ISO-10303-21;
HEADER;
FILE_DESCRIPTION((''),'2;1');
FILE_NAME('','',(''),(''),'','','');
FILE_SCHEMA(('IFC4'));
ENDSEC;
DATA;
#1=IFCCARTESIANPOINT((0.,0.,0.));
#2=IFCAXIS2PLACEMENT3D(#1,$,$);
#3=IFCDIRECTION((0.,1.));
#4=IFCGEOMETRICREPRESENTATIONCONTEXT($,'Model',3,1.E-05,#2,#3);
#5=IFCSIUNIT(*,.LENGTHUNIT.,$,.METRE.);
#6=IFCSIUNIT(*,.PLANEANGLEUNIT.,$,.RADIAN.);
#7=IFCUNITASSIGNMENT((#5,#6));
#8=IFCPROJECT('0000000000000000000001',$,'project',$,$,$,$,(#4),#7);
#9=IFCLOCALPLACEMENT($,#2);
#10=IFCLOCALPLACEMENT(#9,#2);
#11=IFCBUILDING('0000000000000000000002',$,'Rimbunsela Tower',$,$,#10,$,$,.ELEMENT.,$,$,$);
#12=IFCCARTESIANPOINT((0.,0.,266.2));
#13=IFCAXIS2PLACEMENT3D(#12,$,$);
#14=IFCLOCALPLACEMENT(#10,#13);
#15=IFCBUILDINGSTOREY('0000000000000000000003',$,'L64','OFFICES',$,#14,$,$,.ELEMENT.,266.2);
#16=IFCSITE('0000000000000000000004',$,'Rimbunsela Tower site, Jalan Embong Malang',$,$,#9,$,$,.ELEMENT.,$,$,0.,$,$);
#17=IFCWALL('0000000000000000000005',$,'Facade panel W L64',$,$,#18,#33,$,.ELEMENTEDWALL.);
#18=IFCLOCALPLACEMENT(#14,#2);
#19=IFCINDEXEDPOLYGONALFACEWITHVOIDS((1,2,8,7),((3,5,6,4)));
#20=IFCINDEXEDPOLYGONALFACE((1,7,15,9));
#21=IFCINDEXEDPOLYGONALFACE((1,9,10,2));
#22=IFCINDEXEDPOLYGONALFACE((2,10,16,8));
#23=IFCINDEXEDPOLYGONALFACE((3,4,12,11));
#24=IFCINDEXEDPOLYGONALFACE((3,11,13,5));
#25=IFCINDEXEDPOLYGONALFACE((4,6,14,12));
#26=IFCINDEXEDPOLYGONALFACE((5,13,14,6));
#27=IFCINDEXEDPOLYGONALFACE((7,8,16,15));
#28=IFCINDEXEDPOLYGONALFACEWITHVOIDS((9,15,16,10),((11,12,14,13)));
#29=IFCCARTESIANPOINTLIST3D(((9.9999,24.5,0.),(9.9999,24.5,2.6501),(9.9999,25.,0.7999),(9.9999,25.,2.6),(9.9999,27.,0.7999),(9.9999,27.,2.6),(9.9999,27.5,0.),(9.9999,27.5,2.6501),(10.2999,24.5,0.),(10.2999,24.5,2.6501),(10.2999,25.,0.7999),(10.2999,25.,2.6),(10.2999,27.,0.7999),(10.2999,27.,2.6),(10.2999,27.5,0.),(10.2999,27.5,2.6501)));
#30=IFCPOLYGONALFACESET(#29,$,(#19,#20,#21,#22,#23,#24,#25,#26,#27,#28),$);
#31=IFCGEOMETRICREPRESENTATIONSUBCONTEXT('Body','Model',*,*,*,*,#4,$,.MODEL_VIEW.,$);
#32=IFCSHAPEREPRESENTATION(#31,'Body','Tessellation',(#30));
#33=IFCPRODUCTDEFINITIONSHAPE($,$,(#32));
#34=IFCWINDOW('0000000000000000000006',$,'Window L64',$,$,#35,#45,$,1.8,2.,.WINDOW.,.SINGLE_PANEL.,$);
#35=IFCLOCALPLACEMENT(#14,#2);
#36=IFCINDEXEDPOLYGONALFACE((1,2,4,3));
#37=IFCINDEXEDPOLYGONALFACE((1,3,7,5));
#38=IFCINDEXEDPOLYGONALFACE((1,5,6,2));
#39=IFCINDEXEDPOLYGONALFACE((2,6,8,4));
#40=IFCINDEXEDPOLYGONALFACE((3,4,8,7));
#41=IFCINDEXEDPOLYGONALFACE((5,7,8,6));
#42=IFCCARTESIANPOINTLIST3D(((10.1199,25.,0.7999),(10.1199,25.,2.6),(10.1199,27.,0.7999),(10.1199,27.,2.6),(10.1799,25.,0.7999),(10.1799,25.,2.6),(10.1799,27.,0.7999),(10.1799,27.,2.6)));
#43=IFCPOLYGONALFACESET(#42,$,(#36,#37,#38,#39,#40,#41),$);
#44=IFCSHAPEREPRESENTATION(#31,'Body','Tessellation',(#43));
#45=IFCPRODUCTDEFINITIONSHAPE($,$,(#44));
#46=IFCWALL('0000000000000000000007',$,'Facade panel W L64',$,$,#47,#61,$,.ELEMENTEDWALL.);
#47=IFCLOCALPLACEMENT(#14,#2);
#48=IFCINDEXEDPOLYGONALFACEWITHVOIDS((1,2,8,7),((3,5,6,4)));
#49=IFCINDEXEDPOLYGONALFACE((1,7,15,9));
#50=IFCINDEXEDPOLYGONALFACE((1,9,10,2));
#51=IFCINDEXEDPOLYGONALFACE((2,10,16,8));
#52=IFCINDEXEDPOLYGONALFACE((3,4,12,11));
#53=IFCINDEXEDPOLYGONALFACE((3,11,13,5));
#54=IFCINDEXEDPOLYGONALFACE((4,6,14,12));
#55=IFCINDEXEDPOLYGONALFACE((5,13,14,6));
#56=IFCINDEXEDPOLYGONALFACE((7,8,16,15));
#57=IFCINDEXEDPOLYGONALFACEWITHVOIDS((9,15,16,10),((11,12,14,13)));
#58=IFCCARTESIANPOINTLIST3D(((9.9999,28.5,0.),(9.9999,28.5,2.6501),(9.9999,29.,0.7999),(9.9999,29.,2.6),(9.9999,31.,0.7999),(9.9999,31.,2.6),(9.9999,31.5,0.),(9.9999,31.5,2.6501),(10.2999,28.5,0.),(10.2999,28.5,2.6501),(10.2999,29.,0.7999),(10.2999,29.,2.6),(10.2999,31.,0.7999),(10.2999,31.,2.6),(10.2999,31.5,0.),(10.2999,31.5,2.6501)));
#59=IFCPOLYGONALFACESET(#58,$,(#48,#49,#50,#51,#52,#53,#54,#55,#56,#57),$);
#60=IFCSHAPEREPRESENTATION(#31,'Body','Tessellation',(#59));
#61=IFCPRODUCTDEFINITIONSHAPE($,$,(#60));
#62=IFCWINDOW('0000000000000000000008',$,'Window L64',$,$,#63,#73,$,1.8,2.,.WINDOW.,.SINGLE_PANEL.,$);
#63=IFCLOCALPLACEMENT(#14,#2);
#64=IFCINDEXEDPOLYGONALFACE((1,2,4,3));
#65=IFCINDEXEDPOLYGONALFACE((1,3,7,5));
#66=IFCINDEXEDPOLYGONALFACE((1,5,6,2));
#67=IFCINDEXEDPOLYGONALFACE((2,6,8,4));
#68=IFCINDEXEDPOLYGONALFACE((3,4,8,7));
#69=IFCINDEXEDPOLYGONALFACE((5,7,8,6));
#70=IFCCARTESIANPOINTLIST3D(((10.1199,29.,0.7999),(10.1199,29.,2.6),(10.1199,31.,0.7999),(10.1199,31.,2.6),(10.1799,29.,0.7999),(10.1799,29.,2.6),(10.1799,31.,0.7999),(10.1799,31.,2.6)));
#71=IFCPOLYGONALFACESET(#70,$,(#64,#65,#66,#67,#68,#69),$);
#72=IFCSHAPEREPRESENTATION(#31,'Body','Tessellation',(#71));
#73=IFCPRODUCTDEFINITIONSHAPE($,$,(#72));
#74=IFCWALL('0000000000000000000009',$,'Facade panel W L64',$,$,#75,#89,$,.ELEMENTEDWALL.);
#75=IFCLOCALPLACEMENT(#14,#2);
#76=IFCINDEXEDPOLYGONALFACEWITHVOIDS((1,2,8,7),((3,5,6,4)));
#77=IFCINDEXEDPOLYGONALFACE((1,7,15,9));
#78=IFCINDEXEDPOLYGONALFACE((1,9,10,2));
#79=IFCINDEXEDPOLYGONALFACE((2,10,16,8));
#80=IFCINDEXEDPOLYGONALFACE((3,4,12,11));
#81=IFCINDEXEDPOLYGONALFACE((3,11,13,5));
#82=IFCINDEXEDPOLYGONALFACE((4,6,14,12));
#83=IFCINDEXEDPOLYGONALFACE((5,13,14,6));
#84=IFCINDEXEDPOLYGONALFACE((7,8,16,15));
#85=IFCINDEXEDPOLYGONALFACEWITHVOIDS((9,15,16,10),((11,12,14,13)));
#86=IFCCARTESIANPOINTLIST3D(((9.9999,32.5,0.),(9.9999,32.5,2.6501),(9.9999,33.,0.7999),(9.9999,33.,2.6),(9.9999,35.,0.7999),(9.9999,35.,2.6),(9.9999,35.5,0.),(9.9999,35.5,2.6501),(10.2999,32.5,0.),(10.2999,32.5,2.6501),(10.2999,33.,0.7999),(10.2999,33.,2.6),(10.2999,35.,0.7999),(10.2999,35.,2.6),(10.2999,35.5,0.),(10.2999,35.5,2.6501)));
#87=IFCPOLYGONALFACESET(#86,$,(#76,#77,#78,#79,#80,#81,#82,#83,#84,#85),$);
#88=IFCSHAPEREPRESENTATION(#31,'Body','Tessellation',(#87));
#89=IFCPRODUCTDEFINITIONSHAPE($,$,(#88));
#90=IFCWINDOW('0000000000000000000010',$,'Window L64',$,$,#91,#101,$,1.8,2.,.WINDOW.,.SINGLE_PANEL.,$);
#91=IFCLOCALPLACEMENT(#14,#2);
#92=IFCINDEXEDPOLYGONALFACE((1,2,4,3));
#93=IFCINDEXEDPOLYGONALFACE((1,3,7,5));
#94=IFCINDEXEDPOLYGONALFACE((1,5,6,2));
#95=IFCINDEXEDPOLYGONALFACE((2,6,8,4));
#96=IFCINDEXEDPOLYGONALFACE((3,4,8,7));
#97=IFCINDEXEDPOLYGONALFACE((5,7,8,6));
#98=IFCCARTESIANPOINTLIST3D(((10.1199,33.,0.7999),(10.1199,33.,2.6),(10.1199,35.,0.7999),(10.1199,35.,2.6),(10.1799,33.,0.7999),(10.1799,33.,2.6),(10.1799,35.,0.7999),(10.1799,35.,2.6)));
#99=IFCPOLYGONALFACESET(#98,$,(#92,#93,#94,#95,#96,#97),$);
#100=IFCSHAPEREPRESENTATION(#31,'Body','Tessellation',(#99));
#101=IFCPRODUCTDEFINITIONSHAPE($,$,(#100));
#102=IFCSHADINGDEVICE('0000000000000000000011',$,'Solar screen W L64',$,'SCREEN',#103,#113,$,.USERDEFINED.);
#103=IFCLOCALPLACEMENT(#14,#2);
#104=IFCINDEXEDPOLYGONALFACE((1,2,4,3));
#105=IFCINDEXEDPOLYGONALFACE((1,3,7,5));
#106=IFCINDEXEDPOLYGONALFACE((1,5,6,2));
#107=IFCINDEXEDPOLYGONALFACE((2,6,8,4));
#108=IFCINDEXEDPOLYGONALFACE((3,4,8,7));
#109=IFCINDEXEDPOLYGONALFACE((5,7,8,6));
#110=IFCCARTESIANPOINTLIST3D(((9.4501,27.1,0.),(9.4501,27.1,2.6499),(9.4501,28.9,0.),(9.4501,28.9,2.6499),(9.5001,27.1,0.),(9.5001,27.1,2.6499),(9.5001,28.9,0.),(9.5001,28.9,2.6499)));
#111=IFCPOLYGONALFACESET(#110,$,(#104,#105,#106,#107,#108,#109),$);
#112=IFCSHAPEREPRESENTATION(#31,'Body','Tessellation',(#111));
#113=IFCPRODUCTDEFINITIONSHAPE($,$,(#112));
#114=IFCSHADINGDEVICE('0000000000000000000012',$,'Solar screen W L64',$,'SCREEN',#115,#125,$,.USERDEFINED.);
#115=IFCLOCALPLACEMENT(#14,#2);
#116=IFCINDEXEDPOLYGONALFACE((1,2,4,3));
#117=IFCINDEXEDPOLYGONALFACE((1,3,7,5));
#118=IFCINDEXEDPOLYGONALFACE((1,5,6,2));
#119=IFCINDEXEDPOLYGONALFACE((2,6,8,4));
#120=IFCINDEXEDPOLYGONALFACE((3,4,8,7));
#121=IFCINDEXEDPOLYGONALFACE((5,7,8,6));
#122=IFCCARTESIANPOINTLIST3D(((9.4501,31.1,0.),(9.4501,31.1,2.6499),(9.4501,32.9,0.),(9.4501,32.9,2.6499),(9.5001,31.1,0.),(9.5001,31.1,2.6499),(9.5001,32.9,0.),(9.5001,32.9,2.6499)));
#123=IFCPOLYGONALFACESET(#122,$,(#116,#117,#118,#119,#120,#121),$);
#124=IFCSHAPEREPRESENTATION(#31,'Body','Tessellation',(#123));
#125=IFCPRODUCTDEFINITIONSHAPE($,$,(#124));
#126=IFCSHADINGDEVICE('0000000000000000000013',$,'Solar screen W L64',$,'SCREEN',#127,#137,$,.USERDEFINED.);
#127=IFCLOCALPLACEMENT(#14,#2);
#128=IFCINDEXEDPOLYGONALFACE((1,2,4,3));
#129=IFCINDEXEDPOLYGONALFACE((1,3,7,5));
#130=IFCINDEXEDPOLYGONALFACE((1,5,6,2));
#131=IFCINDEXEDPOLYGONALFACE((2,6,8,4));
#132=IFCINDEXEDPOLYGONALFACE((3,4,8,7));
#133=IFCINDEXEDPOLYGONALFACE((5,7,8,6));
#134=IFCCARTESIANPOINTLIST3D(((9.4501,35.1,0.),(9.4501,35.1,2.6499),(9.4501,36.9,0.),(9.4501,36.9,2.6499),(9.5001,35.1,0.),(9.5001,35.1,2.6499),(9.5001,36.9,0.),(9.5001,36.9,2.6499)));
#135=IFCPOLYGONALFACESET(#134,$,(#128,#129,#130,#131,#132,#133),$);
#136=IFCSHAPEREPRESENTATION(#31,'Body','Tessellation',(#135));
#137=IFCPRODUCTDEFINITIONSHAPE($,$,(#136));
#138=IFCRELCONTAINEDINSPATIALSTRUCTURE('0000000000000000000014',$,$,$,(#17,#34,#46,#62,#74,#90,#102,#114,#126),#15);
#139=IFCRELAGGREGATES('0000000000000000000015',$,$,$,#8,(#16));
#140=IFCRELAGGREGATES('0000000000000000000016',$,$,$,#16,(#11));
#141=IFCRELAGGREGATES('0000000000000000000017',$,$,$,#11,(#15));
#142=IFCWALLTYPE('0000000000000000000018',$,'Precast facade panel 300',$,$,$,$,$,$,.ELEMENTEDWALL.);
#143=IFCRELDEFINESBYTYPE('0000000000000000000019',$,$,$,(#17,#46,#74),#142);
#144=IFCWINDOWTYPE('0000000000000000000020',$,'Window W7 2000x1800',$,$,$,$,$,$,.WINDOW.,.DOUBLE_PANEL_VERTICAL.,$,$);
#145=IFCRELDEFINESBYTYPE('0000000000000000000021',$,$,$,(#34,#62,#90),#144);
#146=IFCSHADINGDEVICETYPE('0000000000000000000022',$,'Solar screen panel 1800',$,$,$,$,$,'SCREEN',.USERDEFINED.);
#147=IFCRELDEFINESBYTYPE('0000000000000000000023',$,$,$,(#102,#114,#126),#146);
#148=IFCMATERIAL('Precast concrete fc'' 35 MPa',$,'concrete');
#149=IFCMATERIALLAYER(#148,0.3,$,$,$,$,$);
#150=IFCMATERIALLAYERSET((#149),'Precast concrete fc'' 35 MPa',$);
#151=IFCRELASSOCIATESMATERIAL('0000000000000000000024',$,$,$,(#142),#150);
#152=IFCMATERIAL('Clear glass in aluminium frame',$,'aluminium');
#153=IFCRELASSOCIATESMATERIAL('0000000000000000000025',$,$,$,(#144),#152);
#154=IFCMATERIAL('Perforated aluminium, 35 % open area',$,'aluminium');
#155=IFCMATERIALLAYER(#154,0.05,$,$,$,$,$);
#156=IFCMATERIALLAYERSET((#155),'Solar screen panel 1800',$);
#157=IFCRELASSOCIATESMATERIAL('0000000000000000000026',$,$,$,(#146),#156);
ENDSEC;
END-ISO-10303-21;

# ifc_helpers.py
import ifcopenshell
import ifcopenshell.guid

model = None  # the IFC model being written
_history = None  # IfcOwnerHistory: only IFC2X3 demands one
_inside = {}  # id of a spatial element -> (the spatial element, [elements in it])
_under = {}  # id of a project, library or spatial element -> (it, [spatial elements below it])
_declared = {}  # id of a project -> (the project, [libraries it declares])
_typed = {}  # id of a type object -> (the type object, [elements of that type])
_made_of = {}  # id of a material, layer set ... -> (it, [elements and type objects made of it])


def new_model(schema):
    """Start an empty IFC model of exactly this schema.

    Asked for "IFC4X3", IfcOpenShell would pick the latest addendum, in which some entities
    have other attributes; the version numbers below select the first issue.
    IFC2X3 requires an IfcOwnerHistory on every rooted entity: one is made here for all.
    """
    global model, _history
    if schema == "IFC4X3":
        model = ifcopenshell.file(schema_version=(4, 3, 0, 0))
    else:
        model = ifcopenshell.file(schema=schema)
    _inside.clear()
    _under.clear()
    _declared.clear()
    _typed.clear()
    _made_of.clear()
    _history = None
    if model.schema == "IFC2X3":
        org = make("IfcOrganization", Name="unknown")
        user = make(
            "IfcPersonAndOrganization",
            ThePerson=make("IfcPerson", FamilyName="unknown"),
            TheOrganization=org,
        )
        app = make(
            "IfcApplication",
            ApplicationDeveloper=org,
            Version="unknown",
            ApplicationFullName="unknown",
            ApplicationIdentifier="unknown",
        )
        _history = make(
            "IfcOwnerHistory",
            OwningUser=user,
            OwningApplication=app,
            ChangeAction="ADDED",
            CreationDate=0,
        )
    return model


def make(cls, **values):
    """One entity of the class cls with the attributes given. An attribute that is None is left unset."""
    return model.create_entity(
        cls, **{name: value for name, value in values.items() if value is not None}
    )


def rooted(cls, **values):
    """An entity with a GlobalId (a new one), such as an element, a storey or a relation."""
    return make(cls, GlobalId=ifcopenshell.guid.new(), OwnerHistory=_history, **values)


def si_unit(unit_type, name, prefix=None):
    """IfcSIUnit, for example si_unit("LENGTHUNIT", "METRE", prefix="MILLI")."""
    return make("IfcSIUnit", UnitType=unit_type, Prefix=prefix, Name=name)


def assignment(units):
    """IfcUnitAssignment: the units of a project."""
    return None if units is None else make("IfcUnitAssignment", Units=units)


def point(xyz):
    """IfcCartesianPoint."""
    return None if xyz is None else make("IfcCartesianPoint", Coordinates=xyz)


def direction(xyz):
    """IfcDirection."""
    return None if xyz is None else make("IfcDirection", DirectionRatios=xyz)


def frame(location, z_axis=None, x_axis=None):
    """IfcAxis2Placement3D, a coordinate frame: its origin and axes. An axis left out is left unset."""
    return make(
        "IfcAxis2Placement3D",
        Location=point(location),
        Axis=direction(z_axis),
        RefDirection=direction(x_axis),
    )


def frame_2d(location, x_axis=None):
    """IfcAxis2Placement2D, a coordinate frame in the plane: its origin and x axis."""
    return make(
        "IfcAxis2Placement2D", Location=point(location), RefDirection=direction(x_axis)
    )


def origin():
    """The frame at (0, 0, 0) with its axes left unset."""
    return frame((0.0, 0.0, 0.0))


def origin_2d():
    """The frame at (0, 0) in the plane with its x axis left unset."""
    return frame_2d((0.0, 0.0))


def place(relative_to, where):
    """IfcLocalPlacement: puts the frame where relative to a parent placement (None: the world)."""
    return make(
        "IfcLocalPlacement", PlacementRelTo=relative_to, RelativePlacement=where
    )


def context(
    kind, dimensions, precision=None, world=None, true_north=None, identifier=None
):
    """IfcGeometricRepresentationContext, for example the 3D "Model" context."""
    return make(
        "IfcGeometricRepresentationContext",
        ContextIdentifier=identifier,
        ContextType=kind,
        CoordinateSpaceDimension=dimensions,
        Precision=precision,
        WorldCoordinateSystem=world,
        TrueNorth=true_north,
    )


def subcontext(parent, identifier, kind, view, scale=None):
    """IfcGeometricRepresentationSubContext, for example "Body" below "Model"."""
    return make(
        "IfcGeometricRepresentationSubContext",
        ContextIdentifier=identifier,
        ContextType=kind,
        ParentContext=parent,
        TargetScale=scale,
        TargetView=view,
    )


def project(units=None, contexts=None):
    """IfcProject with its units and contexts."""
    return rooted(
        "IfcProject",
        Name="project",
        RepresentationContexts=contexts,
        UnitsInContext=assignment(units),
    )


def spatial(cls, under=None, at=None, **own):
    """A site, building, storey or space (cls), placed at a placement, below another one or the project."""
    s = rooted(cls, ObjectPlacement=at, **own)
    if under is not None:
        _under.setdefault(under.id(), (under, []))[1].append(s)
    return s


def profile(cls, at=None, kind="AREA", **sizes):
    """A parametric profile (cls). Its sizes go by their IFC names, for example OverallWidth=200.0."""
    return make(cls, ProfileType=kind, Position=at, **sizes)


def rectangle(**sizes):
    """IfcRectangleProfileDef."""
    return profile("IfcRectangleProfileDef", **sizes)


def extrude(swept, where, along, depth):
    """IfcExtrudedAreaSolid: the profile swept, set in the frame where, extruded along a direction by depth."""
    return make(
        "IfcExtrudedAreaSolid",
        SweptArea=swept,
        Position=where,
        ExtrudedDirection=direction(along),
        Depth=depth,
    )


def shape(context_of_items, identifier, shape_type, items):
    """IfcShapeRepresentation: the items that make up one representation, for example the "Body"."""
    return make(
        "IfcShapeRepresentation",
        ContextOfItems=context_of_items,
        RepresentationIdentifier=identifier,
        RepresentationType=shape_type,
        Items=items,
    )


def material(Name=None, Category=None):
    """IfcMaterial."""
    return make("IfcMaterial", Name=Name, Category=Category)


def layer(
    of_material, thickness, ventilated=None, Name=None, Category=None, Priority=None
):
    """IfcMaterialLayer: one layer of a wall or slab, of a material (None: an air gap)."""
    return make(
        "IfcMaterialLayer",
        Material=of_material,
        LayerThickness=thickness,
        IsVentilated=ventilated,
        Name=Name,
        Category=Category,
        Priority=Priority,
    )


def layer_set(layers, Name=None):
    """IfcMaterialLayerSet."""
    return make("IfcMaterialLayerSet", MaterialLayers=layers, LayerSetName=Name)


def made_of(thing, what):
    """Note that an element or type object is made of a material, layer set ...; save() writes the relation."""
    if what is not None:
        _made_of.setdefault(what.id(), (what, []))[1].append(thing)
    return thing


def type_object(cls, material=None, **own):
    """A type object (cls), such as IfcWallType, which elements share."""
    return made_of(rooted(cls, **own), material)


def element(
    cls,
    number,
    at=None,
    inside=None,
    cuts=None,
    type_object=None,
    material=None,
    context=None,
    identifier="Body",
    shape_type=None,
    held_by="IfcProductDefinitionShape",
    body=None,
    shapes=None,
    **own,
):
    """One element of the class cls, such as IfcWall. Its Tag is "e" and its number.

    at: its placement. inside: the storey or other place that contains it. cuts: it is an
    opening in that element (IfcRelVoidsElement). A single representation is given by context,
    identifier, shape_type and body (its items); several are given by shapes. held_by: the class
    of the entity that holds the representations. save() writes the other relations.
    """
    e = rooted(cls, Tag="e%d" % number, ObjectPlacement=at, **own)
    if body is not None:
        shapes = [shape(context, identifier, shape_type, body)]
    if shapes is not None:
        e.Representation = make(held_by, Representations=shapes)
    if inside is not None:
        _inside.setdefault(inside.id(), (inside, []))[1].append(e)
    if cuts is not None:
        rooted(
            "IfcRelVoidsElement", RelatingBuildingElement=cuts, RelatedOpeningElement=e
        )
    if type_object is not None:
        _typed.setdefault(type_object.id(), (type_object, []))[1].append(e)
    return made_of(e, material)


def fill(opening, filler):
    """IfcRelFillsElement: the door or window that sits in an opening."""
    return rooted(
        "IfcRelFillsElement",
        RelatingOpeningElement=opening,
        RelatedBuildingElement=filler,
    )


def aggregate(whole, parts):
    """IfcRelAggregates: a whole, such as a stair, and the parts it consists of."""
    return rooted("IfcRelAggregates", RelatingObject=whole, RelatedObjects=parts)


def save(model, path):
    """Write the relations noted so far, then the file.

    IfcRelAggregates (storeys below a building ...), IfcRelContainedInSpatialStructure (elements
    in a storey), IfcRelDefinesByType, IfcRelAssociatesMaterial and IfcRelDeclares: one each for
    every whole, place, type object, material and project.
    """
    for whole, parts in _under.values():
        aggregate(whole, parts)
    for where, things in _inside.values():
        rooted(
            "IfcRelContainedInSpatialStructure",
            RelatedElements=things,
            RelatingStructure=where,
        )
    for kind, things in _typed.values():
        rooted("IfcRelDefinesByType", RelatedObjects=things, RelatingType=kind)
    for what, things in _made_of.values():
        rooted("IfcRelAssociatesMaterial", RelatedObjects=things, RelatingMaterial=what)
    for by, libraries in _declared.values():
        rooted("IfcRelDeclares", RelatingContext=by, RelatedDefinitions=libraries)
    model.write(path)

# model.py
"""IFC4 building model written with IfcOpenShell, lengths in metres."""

from ifc_helpers import new_model, si_unit, direction, frame, frame_2d, origin, origin_2d, place, context, subcontext, project, spatial, rectangle, extrude, material, layer, layer_set, type_object, element, fill, save


model = new_model("IFC4")

# Units and contexts
model_context = context("Model", 3, precision=1e-05, world=origin(), true_north=direction((0.0, 1.0)))
body_context = subcontext(model_context, "Body", "Model", "MODEL_VIEW")
ifc_project = project(units=[si_unit("LENGTHUNIT", "METRE"), si_unit("PLANEANGLEUNIT", "RADIAN")], contexts=[model_context])

# Site, building, storey
site_placement = place(None, origin())
site = spatial("IfcSite", under=ifc_project, at=site_placement, Name="Rimbunsela Tower site, Jalan Embong Malang", CompositionType="ELEMENT", RefElevation=0.0)
building_placement = place(site_placement, origin())
building = spatial("IfcBuilding", under=site, at=building_placement, Name="Rimbunsela Tower", CompositionType="ELEMENT")
storey_placement = place(building_placement, frame((0.0, 0.0, 266.2)))
storey = spatial("IfcBuildingStorey", under=building, at=storey_placement, Name="L64", Description="OFFICES", CompositionType="ELEMENT", Elevation=266.2)

# Walls, openings, windows
ifc_material_1 = material(Name="Precast concrete fc' 35 MPa", Category="concrete")
ifc_layer_1 = layer(ifc_material_1, 0.3)
ifc_layer_set_1 = layer_set([ifc_layer_1], Name="Precast concrete fc' 35 MPa")
wall_type_1 = type_object("IfcWallType", Name="Precast facade panel 300", PredefinedType="ELEMENTEDWALL", material=ifc_layer_set_1)
wall_1_placement = place(storey_placement, frame((10.1499, 27.5, 0.0), z_axis=(0.0, 0.0, 1.0), x_axis=(0.0, -1.0, 0.0)))
wall_1 = element("IfcWall", 1, at=wall_1_placement, inside=storey, type_object=wall_type_1, Name="Facade panel W L64", PredefinedType="ELEMENTEDWALL", context=body_context, shape_type="SweptSolid", body=[
    extrude(rectangle(XDim=3.0, YDim=0.3, at=frame_2d((1.5, 0.0))), origin(), (0.0, 0.0, 1.0), 2.6501),
])
opening_1_placement = place(wall_1_placement, frame((0.5, 0.0, 0.8)))
opening_1 = element("IfcOpeningElement", 2, at=opening_1_placement, cuts=wall_1, PredefinedType="OPENING", context=body_context, shape_type="SweptSolid", body=[
    extrude(rectangle(XDim=2.0, YDim=1.8, at=frame_2d((1.0, 0.8999))), frame((0.0, 0.1599, 0.0), z_axis=(0.0, -1.0, 0.0), x_axis=(1.0, 0.0, 0.0)), (0.0, 0.0, 1.0), 0.3201),
])
ifc_material_2 = material(Name="Clear glass in aluminium frame", Category="aluminium")
window_type = type_object("IfcWindowType", Name="Window W7 2000x1800", PartitioningType="DOUBLE_PANEL_VERTICAL", PredefinedType="WINDOW", material=ifc_material_2)
window_1_placement = place(opening_1_placement, origin())
window_1 = element("IfcWindow", 3, at=window_1_placement, inside=storey, type_object=window_type, Name="Window L64", OverallHeight=1.8, OverallWidth=2.0, PartitioningType="SINGLE_PANEL", PredefinedType="WINDOW", context=body_context, shape_type="SweptSolid", body=[
    extrude(rectangle(XDim=2.0, YDim=1.8, at=frame_2d((1.0, 0.8999))), frame((0.0, 0.03, 0.0), z_axis=(0.0, -1.0, 0.0), x_axis=(1.0, 0.0, 0.0)), (0.0, 0.0, 1.0), 0.0601),
])
fill(opening_1, window_1)
wall_2_placement = place(storey_placement, frame((10.1499, 31.5, 0.0), z_axis=(0.0, 0.0, 1.0), x_axis=(0.0, -1.0, 0.0)))
wall_2 = element("IfcWall", 4, at=wall_2_placement, inside=storey, type_object=wall_type_1, Name="Facade panel W L64", PredefinedType="ELEMENTEDWALL", context=body_context, shape_type="SweptSolid", body=[
    extrude(rectangle(XDim=3.0, YDim=0.3, at=frame_2d((1.5, 0.0))), origin(), (0.0, 0.0, 1.0), 2.6501),
])
opening_2_placement = place(wall_2_placement, frame((0.5, 0.0, 0.8)))
opening_2 = element("IfcOpeningElement", 5, at=opening_2_placement, cuts=wall_2, PredefinedType="OPENING", context=body_context, shape_type="SweptSolid", body=[
    extrude(rectangle(XDim=2.0, YDim=1.8, at=frame_2d((1.0, 0.8999))), frame((0.0, 0.1599, 0.0), z_axis=(0.0, -1.0, 0.0), x_axis=(1.0, 0.0, 0.0)), (0.0, 0.0, 1.0), 0.3201),
])
window_2_placement = place(opening_2_placement, origin())
window_2 = element("IfcWindow", 6, at=window_2_placement, inside=storey, type_object=window_type, Name="Window L64", OverallHeight=1.8, OverallWidth=2.0, PartitioningType="SINGLE_PANEL", PredefinedType="WINDOW", context=body_context, shape_type="SweptSolid", body=[
    extrude(rectangle(XDim=2.0, YDim=1.8, at=frame_2d((1.0, 0.8999))), frame((0.0, 0.03, 0.0), z_axis=(0.0, -1.0, 0.0), x_axis=(1.0, 0.0, 0.0)), (0.0, 0.0, 1.0), 0.0601),
])
fill(opening_2, window_2)
wall_3_placement = place(storey_placement, frame((10.1499, 35.5, 0.0), z_axis=(0.0, 0.0, 1.0), x_axis=(0.0, -1.0, 0.0)))
wall_3 = element("IfcWall", 7, at=wall_3_placement, inside=storey, type_object=wall_type_1, Name="Facade panel W L64", PredefinedType="ELEMENTEDWALL", context=body_context, shape_type="SweptSolid", body=[
    extrude(rectangle(XDim=3.0, YDim=0.3, at=frame_2d((1.5, 0.0))), origin(), (0.0, 0.0, 1.0), 2.6501),
])
opening_3_placement = place(wall_3_placement, frame((0.5, 0.0, 0.8)))
opening_3 = element("IfcOpeningElement", 8, at=opening_3_placement, cuts=wall_3, PredefinedType="OPENING", context=body_context, shape_type="SweptSolid", body=[
    extrude(rectangle(XDim=2.0, YDim=1.8, at=frame_2d((1.0, 0.8999))), frame((0.0, 0.1599, 0.0), z_axis=(0.0, -1.0, 0.0), x_axis=(1.0, 0.0, 0.0)), (0.0, 0.0, 1.0), 0.3201),
])
window_3_placement = place(opening_3_placement, origin())
window_3 = element("IfcWindow", 9, at=window_3_placement, inside=storey, type_object=window_type, Name="Window L64", OverallHeight=1.8, OverallWidth=2.0, PartitioningType="SINGLE_PANEL", PredefinedType="WINDOW", context=body_context, shape_type="SweptSolid", body=[
    extrude(rectangle(XDim=2.0, YDim=1.8, at=frame_2d((1.0, 0.8999))), frame((0.0, 0.03, 0.0), z_axis=(0.0, -1.0, 0.0), x_axis=(1.0, 0.0, 0.0)), (0.0, 0.0, 1.0), 0.0601),
])
fill(opening_3, window_3)

# Shading devices
ifc_material_3 = material(Name="Perforated aluminium, 35 % open area", Category="aluminium")
ifc_layer_2 = layer(ifc_material_3, 0.05)
ifc_layer_set_2 = layer_set([ifc_layer_2], Name="Solar screen panel 1800")
shading_device_type = type_object("IfcShadingDeviceType", Name="Solar screen panel 1800", ElementType="SCREEN", PredefinedType="USERDEFINED", material=ifc_layer_set_2)
for number, where, z_axis, x_axis, name in (
    (10, (9.4751, 28.0, 0.0), (0.0, 0.0, 1.0), (0.0, 1.0, 0.0), "Solar screen W L64"),
    (11, (9.4751, 32.0, 0.0), (0.0, 0.0, 1.0), (0.0, 1.0, 0.0), "Solar screen W L64"),
    (12, (9.4751, 36.0, 0.0), (0.0, 0.0, 1.0), (0.0, 1.0, 0.0), "Solar screen W L64"),
):
    element("IfcShadingDevice", number, at=place(storey_placement, frame(where, z_axis=z_axis, x_axis=x_axis)), inside=storey, type_object=shading_device_type, Name=name, ObjectType="SCREEN", PredefinedType="USERDEFINED", context=body_context, shape_type="SweptSolid", body=[
        extrude(rectangle(XDim=1.8, YDim=0.05, at=origin_2d()), origin(), (0.0, 0.0, 1.0), 2.6499),
    ])

save(model, "model.ifc")
